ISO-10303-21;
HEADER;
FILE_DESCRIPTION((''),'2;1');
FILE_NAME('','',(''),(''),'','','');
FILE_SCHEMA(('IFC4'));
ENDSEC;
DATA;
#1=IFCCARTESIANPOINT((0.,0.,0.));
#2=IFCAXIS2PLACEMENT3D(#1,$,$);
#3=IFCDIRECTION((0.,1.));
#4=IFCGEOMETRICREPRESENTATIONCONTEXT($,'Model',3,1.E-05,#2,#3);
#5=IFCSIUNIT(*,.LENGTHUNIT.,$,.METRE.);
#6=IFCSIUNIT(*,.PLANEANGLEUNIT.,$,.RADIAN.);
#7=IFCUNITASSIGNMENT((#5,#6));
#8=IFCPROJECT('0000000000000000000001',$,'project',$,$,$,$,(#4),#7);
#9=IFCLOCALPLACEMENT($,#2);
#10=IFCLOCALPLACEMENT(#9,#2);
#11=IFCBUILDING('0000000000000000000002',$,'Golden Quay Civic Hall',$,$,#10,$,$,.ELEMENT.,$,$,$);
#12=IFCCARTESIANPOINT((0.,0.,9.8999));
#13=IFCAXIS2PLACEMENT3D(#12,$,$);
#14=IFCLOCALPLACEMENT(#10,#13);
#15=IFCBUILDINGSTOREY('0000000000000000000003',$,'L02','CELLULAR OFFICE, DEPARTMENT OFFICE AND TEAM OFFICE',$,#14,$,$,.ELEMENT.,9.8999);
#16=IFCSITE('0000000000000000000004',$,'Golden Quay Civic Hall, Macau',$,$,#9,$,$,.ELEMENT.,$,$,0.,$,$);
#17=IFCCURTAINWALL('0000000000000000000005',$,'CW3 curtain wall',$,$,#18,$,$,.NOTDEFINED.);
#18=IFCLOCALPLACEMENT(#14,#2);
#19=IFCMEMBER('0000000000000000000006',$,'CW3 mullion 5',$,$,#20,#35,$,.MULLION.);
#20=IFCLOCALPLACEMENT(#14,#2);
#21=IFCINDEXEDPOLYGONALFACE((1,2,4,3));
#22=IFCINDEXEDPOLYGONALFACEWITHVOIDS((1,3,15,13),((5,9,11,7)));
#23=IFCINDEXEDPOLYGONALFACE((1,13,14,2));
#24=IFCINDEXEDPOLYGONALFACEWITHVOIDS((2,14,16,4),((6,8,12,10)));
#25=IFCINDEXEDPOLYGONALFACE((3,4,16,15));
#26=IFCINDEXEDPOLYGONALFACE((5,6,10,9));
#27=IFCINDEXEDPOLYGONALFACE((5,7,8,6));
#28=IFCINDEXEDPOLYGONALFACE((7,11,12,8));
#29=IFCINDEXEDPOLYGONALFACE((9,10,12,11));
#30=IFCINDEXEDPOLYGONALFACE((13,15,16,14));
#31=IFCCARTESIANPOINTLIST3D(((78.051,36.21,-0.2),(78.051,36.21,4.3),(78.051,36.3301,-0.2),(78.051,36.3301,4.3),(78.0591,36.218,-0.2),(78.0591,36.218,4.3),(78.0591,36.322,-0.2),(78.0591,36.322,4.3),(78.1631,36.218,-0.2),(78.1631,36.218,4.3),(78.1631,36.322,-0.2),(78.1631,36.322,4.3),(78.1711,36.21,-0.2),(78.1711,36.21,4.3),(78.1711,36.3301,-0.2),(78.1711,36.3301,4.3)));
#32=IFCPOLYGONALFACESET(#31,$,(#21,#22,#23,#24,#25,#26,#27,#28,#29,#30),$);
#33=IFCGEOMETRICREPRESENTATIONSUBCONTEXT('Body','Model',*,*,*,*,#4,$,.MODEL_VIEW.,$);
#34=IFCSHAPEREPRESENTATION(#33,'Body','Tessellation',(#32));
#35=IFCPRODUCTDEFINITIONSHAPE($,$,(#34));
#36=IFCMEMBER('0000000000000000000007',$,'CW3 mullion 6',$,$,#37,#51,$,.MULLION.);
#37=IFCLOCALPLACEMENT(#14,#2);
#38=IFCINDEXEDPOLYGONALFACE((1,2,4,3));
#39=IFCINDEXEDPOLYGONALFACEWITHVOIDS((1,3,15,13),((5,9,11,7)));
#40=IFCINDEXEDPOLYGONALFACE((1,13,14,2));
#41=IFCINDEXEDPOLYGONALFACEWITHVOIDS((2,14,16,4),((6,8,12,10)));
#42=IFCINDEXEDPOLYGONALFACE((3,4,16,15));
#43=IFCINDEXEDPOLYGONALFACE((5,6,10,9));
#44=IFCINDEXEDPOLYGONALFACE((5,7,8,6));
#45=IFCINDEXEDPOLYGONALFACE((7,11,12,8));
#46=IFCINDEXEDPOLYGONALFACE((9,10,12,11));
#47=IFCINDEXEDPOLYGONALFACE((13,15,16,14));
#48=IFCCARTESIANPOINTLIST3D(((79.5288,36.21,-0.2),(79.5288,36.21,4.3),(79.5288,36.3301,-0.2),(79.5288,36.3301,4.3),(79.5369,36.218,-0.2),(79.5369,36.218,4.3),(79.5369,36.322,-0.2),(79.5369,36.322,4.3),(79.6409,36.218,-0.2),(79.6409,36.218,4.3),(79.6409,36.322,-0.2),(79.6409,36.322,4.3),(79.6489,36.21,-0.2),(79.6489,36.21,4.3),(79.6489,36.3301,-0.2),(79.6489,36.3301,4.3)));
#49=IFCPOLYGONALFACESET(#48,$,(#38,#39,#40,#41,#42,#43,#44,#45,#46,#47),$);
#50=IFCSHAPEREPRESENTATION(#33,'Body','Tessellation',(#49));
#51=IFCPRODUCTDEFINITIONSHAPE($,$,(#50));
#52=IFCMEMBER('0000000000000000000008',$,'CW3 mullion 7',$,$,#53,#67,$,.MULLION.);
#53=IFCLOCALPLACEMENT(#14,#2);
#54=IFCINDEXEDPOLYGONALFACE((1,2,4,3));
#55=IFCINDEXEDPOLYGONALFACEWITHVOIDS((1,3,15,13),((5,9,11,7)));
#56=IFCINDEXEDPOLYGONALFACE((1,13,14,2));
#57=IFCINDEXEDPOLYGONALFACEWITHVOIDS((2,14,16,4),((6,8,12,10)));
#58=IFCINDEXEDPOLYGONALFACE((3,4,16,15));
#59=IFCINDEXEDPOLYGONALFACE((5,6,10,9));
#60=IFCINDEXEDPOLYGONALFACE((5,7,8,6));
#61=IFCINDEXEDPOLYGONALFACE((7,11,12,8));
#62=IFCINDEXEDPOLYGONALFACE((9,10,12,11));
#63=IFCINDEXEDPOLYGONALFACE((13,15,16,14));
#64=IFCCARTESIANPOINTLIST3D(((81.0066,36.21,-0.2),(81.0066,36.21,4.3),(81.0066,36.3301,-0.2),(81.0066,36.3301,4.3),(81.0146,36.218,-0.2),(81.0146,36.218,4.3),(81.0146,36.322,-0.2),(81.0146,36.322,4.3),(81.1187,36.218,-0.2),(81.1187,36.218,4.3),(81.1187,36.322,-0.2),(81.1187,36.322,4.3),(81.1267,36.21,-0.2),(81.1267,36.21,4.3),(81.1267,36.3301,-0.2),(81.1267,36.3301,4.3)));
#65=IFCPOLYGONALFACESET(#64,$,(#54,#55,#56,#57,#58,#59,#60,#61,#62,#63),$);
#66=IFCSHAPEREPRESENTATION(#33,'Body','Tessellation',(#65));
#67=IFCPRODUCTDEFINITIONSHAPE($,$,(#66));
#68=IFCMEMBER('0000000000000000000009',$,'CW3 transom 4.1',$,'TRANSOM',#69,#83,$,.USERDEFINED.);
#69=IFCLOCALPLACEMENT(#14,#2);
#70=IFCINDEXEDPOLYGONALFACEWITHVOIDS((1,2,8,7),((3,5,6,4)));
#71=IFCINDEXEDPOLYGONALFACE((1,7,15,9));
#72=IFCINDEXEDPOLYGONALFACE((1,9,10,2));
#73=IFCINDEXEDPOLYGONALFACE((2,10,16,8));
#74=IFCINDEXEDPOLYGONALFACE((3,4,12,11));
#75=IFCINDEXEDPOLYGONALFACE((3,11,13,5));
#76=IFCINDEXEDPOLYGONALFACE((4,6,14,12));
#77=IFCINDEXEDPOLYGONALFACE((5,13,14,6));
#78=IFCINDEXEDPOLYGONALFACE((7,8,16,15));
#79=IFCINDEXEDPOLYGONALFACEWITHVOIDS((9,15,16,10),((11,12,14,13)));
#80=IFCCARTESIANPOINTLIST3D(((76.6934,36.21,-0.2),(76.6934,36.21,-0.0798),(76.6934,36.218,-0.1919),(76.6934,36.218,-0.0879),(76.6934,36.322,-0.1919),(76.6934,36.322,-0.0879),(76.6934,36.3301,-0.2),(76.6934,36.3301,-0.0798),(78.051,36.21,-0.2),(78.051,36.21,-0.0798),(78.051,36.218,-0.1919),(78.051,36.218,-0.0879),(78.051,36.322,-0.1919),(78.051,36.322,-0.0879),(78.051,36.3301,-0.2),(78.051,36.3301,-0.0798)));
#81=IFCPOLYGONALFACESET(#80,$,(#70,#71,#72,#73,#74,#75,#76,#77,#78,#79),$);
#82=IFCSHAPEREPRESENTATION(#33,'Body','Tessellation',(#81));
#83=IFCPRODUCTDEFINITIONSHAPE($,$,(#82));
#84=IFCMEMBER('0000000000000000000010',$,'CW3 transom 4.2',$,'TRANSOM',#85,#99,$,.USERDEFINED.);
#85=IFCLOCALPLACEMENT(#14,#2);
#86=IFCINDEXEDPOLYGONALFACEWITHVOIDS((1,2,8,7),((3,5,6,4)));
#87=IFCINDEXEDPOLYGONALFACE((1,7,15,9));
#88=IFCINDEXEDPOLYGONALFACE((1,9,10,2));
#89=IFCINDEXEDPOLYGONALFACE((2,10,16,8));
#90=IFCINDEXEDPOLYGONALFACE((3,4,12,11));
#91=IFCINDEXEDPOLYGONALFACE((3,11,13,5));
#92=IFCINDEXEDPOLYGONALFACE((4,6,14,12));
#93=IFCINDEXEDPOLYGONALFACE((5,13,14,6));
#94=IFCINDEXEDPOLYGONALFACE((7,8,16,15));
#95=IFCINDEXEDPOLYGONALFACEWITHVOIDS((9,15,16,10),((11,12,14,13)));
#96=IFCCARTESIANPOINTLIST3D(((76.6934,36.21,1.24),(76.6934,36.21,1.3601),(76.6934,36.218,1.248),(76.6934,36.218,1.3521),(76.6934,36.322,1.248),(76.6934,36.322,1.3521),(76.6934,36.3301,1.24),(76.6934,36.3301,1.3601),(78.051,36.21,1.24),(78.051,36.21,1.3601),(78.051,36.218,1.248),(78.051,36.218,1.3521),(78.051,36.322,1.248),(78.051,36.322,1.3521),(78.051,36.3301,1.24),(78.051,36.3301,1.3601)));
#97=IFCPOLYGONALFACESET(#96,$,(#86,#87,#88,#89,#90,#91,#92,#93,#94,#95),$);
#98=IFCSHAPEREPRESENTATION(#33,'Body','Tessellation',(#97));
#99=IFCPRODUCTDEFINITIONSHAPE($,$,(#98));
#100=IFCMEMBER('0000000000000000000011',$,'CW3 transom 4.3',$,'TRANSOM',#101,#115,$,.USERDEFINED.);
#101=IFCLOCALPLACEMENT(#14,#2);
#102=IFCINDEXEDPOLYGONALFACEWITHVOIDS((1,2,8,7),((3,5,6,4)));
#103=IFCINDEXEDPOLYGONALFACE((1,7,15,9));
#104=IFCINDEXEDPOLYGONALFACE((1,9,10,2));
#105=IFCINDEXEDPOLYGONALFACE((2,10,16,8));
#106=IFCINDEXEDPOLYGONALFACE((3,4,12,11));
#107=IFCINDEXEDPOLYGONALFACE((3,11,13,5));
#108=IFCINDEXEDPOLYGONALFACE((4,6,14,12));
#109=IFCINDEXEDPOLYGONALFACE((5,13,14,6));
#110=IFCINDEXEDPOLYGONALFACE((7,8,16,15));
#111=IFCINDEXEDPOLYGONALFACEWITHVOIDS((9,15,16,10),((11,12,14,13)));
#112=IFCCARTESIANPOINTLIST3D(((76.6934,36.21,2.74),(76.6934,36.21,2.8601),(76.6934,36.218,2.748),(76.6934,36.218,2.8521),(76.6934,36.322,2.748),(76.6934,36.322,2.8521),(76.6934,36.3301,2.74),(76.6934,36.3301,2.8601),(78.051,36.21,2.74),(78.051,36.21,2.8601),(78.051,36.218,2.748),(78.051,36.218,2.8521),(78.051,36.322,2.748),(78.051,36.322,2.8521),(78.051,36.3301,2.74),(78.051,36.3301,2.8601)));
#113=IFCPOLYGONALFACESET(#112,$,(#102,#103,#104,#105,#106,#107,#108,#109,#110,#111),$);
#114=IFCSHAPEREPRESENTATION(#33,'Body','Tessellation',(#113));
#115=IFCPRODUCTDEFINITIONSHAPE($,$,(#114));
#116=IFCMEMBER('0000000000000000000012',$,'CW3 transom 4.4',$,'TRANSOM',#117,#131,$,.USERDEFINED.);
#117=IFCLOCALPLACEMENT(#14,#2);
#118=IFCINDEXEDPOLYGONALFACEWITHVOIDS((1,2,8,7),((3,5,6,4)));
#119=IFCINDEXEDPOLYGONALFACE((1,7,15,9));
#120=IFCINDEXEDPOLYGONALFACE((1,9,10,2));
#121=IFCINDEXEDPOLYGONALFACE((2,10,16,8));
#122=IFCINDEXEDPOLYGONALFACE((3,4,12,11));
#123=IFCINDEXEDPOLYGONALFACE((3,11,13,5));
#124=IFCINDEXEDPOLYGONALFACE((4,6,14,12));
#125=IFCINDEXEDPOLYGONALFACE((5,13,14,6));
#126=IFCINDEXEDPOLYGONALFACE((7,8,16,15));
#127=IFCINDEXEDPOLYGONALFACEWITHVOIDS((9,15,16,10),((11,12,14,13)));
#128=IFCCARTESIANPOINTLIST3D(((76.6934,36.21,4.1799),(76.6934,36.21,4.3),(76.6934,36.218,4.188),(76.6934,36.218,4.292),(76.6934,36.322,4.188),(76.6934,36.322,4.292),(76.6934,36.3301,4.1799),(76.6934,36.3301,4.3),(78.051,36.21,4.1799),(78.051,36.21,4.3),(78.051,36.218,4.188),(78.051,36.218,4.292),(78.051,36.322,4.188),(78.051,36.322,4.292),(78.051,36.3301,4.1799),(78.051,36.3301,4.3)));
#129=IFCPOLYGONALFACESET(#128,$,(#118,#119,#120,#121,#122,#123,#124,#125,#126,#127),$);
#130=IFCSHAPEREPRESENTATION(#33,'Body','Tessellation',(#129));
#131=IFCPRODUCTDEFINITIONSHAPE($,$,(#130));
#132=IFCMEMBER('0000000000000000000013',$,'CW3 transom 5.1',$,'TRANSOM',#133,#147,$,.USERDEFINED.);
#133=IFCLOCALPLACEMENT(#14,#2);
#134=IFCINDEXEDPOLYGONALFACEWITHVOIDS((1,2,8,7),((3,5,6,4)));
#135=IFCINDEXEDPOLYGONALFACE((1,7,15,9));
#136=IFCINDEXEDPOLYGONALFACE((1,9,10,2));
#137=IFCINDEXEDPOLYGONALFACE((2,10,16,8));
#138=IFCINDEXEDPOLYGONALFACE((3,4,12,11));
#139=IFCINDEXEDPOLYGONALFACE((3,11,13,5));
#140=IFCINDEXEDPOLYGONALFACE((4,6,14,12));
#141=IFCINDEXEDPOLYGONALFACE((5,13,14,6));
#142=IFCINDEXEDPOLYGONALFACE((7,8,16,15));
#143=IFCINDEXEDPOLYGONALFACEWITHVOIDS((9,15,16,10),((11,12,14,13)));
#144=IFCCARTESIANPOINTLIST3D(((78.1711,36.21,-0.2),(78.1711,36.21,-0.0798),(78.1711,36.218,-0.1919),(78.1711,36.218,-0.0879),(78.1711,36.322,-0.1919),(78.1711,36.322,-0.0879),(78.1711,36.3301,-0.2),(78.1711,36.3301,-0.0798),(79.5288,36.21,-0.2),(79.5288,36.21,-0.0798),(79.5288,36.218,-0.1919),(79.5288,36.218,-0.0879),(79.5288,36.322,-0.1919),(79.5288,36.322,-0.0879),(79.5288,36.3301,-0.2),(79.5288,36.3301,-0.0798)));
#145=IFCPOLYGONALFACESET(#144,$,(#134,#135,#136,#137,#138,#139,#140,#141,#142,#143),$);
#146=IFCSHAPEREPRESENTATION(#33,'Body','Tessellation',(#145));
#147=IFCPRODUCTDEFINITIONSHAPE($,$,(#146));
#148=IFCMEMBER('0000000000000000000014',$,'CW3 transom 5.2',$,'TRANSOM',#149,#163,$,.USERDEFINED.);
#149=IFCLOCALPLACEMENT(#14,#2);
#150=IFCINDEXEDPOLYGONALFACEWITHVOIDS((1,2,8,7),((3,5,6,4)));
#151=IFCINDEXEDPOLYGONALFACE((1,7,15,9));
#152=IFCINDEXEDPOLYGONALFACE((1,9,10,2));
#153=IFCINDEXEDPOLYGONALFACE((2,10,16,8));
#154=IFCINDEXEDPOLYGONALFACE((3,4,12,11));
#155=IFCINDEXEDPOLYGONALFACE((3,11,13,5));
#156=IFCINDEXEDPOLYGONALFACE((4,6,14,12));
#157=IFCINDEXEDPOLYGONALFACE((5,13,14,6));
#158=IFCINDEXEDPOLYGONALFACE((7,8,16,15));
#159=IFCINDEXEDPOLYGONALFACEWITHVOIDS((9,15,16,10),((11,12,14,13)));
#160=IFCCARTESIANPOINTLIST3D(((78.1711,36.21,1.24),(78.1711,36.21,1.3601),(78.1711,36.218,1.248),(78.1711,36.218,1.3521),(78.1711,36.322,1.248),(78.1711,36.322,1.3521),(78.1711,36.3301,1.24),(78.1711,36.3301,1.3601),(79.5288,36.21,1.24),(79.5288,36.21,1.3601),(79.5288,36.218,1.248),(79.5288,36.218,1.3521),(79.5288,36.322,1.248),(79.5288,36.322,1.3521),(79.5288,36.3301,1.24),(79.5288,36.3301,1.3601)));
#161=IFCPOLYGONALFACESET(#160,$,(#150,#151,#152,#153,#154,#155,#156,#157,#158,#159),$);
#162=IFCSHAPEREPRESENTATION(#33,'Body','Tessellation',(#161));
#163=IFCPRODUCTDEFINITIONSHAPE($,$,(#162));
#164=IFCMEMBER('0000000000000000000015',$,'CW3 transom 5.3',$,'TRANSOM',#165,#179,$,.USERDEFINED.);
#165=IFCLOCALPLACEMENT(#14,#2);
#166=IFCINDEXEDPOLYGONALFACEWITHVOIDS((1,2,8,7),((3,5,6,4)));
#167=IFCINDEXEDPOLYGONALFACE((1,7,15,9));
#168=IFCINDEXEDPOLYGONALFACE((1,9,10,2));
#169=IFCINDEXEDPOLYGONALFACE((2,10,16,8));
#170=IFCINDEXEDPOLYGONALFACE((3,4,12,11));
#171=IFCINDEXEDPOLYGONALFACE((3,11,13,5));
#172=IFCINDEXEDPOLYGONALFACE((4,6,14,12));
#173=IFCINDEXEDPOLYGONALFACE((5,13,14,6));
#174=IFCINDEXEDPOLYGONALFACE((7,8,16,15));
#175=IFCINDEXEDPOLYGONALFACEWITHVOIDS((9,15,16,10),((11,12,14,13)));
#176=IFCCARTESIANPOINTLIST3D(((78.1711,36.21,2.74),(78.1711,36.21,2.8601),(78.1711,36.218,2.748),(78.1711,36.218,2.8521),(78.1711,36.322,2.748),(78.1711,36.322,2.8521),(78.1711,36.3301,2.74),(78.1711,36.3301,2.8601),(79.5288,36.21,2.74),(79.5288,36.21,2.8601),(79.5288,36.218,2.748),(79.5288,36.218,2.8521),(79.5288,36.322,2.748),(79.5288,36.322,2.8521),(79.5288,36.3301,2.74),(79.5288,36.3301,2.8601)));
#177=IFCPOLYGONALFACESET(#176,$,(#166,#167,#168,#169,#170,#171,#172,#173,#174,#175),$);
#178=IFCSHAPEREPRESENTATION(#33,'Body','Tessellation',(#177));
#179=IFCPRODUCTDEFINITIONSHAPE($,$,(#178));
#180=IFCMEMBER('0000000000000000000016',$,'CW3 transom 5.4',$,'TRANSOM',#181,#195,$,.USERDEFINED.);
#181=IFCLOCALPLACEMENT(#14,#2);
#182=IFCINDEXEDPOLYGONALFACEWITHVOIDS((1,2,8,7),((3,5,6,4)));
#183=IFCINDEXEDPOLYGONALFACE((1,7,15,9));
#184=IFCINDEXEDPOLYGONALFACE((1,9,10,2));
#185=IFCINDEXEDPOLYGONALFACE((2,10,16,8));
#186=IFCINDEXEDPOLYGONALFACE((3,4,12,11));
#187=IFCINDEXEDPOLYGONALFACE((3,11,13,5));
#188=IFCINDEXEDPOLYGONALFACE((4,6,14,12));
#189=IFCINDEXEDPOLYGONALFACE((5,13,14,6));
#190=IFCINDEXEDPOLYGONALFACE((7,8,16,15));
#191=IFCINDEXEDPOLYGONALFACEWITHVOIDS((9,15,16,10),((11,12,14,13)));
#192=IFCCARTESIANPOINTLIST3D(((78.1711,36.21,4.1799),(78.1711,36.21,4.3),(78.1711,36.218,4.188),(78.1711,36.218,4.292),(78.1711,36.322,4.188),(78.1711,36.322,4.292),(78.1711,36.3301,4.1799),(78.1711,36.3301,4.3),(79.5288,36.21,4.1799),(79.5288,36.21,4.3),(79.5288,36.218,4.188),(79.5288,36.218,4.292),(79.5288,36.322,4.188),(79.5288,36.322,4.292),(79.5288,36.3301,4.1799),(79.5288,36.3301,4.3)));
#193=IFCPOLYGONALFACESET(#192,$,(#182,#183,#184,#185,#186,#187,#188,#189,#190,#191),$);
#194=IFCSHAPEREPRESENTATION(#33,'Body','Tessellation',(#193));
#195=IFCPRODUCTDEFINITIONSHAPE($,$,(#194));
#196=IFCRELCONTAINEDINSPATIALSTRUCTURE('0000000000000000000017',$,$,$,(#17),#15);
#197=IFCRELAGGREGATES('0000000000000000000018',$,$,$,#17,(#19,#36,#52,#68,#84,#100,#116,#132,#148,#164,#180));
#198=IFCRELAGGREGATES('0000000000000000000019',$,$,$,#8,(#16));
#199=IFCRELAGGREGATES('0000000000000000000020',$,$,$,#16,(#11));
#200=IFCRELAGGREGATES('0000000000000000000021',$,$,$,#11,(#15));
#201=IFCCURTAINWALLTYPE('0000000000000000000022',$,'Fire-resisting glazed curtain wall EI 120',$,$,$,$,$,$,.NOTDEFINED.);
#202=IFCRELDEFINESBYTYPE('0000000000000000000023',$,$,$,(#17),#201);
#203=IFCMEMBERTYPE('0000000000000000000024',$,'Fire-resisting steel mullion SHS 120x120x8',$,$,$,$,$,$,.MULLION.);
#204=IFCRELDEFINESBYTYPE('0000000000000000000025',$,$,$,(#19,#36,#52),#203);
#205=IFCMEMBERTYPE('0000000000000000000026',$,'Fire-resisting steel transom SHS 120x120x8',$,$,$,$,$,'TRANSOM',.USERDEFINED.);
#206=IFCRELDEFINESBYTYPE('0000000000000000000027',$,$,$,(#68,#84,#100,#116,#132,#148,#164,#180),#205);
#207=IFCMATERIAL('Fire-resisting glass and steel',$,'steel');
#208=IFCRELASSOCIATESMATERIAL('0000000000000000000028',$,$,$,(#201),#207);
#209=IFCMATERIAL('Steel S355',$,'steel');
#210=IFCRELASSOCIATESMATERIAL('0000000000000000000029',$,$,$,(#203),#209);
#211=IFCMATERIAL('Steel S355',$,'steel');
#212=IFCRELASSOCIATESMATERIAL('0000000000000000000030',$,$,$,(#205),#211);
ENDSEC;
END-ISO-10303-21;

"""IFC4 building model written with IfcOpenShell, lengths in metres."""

from ifc_helpers import new_model, si_unit, direction, frame, origin, origin_2d, place, context, subcontext, project, spatial, hollow_rectangle, extrude, material, material_profile, profile_set, type_object, element, aggregate, save


model = new_model("IFC4")

# Units and contexts
model_context = context("Model", 3, precision=1e-05, world=origin(), true_north=direction((0.0, 1.0)))
body_context = subcontext(model_context, "Body", "Model", "MODEL_VIEW")
ifc_project = project(units=[si_unit("LENGTHUNIT", "METRE"), si_unit("PLANEANGLEUNIT", "RADIAN")], contexts=[model_context])

# Site, building, storey
site_placement = place(None, origin())
site = spatial("IfcSite", under=ifc_project, at=site_placement, Name="Golden Quay Civic Hall, Macau", CompositionType="ELEMENT", RefElevation=0.0)
building_placement = place(site_placement, origin())
building = spatial("IfcBuilding", under=site, at=building_placement, Name="Golden Quay Civic Hall", CompositionType="ELEMENT")
storey_placement = place(building_placement, frame((0.0, 0.0, 9.8999)))
storey = spatial("IfcBuildingStorey", under=building, at=storey_placement, Name="L02", Description="CELLULAR OFFICE, DEPARTMENT OFFICE AND TEAM OFFICE", CompositionType="ELEMENT", Elevation=9.8999)

# Curtain wall, members
ifc_material_1 = material(Name="Fire-resisting glass and steel", Category="steel")
curtain_wall_type = type_object("IfcCurtainWallType", Name="Fire-resisting glazed curtain wall EI 120", PredefinedType="NOTDEFINED", material=ifc_material_1)
curtain_wall_placement = place(storey_placement, origin())
curtain_wall = element("IfcCurtainWall", 1, at=curtain_wall_placement, inside=storey, type_object=curtain_wall_type, Name="CW3 curtain wall", PredefinedType="NOTDEFINED")
ifc_material_2 = material(Name="Steel S355", Category="steel")
ifc_material_profile_1 = material_profile(ifc_material_2, hollow_rectangle(XDim=0.1201, YDim=0.1201, WallThickness=0.0081, at=origin_2d()), Name="SHS 120x120x8")
ifc_profile_set_1 = profile_set([ifc_material_profile_1], Name="Steel S355")
member_type_1 = type_object("IfcMemberType", Name="Fire-resisting steel mullion SHS 120x120x8", PredefinedType="MULLION", material=ifc_profile_set_1)
member_1_placement = place(storey_placement, frame((78.1111, 36.27, -0.2), z_axis=(0.0, 0.0, 1.0), x_axis=(0.0, 1.0, 0.0)))
member_1 = element("IfcMember", 2, at=member_1_placement, type_object=member_type_1, Name="CW3 mullion 5", PredefinedType="MULLION", context=body_context, shape_type="SweptSolid", body=[
    extrude(hollow_rectangle(XDim=0.1201, YDim=0.1201, WallThickness=0.0081, at=origin_2d()), origin(), (0.0, 0.0, 1.0), 4.5),
])
member_2_placement = place(storey_placement, frame((79.5889, 36.27, -0.2), z_axis=(0.0, 0.0, 1.0), x_axis=(0.0, 1.0, 0.0)))
member_2 = element("IfcMember", 3, at=member_2_placement, type_object=member_type_1, Name="CW3 mullion 6", PredefinedType="MULLION", context=body_context, shape_type="SweptSolid", body=[
    extrude(hollow_rectangle(XDim=0.1201, YDim=0.1201, WallThickness=0.0081, at=origin_2d()), origin(), (0.0, 0.0, 1.0), 4.5),
])
member_3_placement = place(storey_placement, frame((81.0667, 36.27, -0.2), z_axis=(0.0, 0.0, 1.0), x_axis=(0.0, 1.0, 0.0)))
member_3 = element("IfcMember", 4, at=member_3_placement, type_object=member_type_1, Name="CW3 mullion 7", PredefinedType="MULLION", context=body_context, shape_type="SweptSolid", body=[
    extrude(hollow_rectangle(XDim=0.1201, YDim=0.1201, WallThickness=0.0081, at=origin_2d()), origin(), (0.0, 0.0, 1.0), 4.5),
])
ifc_material_3 = material(Name="Steel S355", Category="steel")
ifc_material_profile_2 = material_profile(ifc_material_3, hollow_rectangle(XDim=0.1201, YDim=0.1201, WallThickness=0.0081, at=origin_2d()), Name="SHS 120x120x8")
ifc_profile_set_2 = profile_set([ifc_material_profile_2], Name="Steel S355")
member_type_2 = type_object("IfcMemberType", Name="Fire-resisting steel transom SHS 120x120x8", ElementType="TRANSOM", PredefinedType="USERDEFINED", material=ifc_profile_set_2)
member_4_placement = place(storey_placement, frame((76.6934, 36.27, -0.1399), z_axis=(1.0, 0.0, 0.0), x_axis=(0.0, 1.0, 0.0)))
member_4 = element("IfcMember", 5, at=member_4_placement, type_object=member_type_2, Name="CW3 transom 4.1", ObjectType="TRANSOM", PredefinedType="USERDEFINED", context=body_context, shape_type="SweptSolid", body=[
    extrude(hollow_rectangle(XDim=0.1201, YDim=0.1201, WallThickness=0.0081, at=origin_2d()), origin(), (0.0, 0.0, 1.0), 1.3577),
])
member_5_placement = place(storey_placement, frame((76.6934, 36.27, 1.3), z_axis=(1.0, 0.0, 0.0), x_axis=(0.0, 1.0, 0.0)))
member_5 = element("IfcMember", 6, at=member_5_placement, type_object=member_type_2, Name="CW3 transom 4.2", ObjectType="TRANSOM", PredefinedType="USERDEFINED", context=body_context, shape_type="SweptSolid", body=[
    extrude(hollow_rectangle(XDim=0.1201, YDim=0.1201, WallThickness=0.0081, at=origin_2d()), origin(), (0.0, 0.0, 1.0), 1.3577),
])
member_6_placement = place(storey_placement, frame((76.6934, 36.27, 2.8), z_axis=(1.0, 0.0, 0.0), x_axis=(0.0, 1.0, 0.0)))
member_6 = element("IfcMember", 7, at=member_6_placement, type_object=member_type_2, Name="CW3 transom 4.3", ObjectType="TRANSOM", PredefinedType="USERDEFINED", context=body_context, shape_type="SweptSolid", body=[
    extrude(hollow_rectangle(XDim=0.1201, YDim=0.1201, WallThickness=0.0081, at=origin_2d()), origin(), (0.0, 0.0, 1.0), 1.3577),
])
member_7_placement = place(storey_placement, frame((76.6934, 36.27, 4.24), z_axis=(1.0, 0.0, 0.0), x_axis=(0.0, 1.0, 0.0)))
member_7 = element("IfcMember", 8, at=member_7_placement, type_object=member_type_2, Name="CW3 transom 4.4", ObjectType="TRANSOM", PredefinedType="USERDEFINED", context=body_context, shape_type="SweptSolid", body=[
    extrude(hollow_rectangle(XDim=0.1201, YDim=0.1201, WallThickness=0.0081, at=origin_2d()), origin(), (0.0, 0.0, 1.0), 1.3577),
])
member_8_placement = place(storey_placement, frame((78.1711, 36.27, -0.1399), z_axis=(1.0, 0.0, 0.0), x_axis=(0.0, 1.0, 0.0)))
member_8 = element("IfcMember", 9, at=member_8_placement, type_object=member_type_2, Name="CW3 transom 5.1", ObjectType="TRANSOM", PredefinedType="USERDEFINED", context=body_context, shape_type="SweptSolid", body=[
    extrude(hollow_rectangle(XDim=0.1201, YDim=0.1201, WallThickness=0.0081, at=origin_2d()), origin(), (0.0, 0.0, 1.0), 1.3577),
])
member_9_placement = place(storey_placement, frame((78.1711, 36.27, 1.3), z_axis=(1.0, 0.0, 0.0), x_axis=(0.0, 1.0, 0.0)))
member_9 = element("IfcMember", 10, at=member_9_placement, type_object=member_type_2, Name="CW3 transom 5.2", ObjectType="TRANSOM", PredefinedType="USERDEFINED", context=body_context, shape_type="SweptSolid", body=[
    extrude(hollow_rectangle(XDim=0.1201, YDim=0.1201, WallThickness=0.0081, at=origin_2d()), origin(), (0.0, 0.0, 1.0), 1.3577),
])
member_10_placement = place(storey_placement, frame((78.1711, 36.27, 2.8), z_axis=(1.0, 0.0, 0.0), x_axis=(0.0, 1.0, 0.0)))
member_10 = element("IfcMember", 11, at=member_10_placement, type_object=member_type_2, Name="CW3 transom 5.3", ObjectType="TRANSOM", PredefinedType="USERDEFINED", context=body_context, shape_type="SweptSolid", body=[
    extrude(hollow_rectangle(XDim=0.1201, YDim=0.1201, WallThickness=0.0081, at=origin_2d()), origin(), (0.0, 0.0, 1.0), 1.3577),
])
member_11_placement = place(storey_placement, frame((78.1711, 36.27, 4.24), z_axis=(1.0, 0.0, 0.0), x_axis=(0.0, 1.0, 0.0)))
member_11 = element("IfcMember", 12, at=member_11_placement, type_object=member_type_2, Name="CW3 transom 5.4", ObjectType="TRANSOM", PredefinedType="USERDEFINED", context=body_context, shape_type="SweptSolid", body=[
    extrude(hollow_rectangle(XDim=0.1201, YDim=0.1201, WallThickness=0.0081, at=origin_2d()), origin(), (0.0, 0.0, 1.0), 1.3577),
])
aggregate(curtain_wall, [member_1, member_2, member_3, member_4, member_5, member_6, member_7, member_8, member_9, member_10, member_11])

save(model, "model.ifc")
